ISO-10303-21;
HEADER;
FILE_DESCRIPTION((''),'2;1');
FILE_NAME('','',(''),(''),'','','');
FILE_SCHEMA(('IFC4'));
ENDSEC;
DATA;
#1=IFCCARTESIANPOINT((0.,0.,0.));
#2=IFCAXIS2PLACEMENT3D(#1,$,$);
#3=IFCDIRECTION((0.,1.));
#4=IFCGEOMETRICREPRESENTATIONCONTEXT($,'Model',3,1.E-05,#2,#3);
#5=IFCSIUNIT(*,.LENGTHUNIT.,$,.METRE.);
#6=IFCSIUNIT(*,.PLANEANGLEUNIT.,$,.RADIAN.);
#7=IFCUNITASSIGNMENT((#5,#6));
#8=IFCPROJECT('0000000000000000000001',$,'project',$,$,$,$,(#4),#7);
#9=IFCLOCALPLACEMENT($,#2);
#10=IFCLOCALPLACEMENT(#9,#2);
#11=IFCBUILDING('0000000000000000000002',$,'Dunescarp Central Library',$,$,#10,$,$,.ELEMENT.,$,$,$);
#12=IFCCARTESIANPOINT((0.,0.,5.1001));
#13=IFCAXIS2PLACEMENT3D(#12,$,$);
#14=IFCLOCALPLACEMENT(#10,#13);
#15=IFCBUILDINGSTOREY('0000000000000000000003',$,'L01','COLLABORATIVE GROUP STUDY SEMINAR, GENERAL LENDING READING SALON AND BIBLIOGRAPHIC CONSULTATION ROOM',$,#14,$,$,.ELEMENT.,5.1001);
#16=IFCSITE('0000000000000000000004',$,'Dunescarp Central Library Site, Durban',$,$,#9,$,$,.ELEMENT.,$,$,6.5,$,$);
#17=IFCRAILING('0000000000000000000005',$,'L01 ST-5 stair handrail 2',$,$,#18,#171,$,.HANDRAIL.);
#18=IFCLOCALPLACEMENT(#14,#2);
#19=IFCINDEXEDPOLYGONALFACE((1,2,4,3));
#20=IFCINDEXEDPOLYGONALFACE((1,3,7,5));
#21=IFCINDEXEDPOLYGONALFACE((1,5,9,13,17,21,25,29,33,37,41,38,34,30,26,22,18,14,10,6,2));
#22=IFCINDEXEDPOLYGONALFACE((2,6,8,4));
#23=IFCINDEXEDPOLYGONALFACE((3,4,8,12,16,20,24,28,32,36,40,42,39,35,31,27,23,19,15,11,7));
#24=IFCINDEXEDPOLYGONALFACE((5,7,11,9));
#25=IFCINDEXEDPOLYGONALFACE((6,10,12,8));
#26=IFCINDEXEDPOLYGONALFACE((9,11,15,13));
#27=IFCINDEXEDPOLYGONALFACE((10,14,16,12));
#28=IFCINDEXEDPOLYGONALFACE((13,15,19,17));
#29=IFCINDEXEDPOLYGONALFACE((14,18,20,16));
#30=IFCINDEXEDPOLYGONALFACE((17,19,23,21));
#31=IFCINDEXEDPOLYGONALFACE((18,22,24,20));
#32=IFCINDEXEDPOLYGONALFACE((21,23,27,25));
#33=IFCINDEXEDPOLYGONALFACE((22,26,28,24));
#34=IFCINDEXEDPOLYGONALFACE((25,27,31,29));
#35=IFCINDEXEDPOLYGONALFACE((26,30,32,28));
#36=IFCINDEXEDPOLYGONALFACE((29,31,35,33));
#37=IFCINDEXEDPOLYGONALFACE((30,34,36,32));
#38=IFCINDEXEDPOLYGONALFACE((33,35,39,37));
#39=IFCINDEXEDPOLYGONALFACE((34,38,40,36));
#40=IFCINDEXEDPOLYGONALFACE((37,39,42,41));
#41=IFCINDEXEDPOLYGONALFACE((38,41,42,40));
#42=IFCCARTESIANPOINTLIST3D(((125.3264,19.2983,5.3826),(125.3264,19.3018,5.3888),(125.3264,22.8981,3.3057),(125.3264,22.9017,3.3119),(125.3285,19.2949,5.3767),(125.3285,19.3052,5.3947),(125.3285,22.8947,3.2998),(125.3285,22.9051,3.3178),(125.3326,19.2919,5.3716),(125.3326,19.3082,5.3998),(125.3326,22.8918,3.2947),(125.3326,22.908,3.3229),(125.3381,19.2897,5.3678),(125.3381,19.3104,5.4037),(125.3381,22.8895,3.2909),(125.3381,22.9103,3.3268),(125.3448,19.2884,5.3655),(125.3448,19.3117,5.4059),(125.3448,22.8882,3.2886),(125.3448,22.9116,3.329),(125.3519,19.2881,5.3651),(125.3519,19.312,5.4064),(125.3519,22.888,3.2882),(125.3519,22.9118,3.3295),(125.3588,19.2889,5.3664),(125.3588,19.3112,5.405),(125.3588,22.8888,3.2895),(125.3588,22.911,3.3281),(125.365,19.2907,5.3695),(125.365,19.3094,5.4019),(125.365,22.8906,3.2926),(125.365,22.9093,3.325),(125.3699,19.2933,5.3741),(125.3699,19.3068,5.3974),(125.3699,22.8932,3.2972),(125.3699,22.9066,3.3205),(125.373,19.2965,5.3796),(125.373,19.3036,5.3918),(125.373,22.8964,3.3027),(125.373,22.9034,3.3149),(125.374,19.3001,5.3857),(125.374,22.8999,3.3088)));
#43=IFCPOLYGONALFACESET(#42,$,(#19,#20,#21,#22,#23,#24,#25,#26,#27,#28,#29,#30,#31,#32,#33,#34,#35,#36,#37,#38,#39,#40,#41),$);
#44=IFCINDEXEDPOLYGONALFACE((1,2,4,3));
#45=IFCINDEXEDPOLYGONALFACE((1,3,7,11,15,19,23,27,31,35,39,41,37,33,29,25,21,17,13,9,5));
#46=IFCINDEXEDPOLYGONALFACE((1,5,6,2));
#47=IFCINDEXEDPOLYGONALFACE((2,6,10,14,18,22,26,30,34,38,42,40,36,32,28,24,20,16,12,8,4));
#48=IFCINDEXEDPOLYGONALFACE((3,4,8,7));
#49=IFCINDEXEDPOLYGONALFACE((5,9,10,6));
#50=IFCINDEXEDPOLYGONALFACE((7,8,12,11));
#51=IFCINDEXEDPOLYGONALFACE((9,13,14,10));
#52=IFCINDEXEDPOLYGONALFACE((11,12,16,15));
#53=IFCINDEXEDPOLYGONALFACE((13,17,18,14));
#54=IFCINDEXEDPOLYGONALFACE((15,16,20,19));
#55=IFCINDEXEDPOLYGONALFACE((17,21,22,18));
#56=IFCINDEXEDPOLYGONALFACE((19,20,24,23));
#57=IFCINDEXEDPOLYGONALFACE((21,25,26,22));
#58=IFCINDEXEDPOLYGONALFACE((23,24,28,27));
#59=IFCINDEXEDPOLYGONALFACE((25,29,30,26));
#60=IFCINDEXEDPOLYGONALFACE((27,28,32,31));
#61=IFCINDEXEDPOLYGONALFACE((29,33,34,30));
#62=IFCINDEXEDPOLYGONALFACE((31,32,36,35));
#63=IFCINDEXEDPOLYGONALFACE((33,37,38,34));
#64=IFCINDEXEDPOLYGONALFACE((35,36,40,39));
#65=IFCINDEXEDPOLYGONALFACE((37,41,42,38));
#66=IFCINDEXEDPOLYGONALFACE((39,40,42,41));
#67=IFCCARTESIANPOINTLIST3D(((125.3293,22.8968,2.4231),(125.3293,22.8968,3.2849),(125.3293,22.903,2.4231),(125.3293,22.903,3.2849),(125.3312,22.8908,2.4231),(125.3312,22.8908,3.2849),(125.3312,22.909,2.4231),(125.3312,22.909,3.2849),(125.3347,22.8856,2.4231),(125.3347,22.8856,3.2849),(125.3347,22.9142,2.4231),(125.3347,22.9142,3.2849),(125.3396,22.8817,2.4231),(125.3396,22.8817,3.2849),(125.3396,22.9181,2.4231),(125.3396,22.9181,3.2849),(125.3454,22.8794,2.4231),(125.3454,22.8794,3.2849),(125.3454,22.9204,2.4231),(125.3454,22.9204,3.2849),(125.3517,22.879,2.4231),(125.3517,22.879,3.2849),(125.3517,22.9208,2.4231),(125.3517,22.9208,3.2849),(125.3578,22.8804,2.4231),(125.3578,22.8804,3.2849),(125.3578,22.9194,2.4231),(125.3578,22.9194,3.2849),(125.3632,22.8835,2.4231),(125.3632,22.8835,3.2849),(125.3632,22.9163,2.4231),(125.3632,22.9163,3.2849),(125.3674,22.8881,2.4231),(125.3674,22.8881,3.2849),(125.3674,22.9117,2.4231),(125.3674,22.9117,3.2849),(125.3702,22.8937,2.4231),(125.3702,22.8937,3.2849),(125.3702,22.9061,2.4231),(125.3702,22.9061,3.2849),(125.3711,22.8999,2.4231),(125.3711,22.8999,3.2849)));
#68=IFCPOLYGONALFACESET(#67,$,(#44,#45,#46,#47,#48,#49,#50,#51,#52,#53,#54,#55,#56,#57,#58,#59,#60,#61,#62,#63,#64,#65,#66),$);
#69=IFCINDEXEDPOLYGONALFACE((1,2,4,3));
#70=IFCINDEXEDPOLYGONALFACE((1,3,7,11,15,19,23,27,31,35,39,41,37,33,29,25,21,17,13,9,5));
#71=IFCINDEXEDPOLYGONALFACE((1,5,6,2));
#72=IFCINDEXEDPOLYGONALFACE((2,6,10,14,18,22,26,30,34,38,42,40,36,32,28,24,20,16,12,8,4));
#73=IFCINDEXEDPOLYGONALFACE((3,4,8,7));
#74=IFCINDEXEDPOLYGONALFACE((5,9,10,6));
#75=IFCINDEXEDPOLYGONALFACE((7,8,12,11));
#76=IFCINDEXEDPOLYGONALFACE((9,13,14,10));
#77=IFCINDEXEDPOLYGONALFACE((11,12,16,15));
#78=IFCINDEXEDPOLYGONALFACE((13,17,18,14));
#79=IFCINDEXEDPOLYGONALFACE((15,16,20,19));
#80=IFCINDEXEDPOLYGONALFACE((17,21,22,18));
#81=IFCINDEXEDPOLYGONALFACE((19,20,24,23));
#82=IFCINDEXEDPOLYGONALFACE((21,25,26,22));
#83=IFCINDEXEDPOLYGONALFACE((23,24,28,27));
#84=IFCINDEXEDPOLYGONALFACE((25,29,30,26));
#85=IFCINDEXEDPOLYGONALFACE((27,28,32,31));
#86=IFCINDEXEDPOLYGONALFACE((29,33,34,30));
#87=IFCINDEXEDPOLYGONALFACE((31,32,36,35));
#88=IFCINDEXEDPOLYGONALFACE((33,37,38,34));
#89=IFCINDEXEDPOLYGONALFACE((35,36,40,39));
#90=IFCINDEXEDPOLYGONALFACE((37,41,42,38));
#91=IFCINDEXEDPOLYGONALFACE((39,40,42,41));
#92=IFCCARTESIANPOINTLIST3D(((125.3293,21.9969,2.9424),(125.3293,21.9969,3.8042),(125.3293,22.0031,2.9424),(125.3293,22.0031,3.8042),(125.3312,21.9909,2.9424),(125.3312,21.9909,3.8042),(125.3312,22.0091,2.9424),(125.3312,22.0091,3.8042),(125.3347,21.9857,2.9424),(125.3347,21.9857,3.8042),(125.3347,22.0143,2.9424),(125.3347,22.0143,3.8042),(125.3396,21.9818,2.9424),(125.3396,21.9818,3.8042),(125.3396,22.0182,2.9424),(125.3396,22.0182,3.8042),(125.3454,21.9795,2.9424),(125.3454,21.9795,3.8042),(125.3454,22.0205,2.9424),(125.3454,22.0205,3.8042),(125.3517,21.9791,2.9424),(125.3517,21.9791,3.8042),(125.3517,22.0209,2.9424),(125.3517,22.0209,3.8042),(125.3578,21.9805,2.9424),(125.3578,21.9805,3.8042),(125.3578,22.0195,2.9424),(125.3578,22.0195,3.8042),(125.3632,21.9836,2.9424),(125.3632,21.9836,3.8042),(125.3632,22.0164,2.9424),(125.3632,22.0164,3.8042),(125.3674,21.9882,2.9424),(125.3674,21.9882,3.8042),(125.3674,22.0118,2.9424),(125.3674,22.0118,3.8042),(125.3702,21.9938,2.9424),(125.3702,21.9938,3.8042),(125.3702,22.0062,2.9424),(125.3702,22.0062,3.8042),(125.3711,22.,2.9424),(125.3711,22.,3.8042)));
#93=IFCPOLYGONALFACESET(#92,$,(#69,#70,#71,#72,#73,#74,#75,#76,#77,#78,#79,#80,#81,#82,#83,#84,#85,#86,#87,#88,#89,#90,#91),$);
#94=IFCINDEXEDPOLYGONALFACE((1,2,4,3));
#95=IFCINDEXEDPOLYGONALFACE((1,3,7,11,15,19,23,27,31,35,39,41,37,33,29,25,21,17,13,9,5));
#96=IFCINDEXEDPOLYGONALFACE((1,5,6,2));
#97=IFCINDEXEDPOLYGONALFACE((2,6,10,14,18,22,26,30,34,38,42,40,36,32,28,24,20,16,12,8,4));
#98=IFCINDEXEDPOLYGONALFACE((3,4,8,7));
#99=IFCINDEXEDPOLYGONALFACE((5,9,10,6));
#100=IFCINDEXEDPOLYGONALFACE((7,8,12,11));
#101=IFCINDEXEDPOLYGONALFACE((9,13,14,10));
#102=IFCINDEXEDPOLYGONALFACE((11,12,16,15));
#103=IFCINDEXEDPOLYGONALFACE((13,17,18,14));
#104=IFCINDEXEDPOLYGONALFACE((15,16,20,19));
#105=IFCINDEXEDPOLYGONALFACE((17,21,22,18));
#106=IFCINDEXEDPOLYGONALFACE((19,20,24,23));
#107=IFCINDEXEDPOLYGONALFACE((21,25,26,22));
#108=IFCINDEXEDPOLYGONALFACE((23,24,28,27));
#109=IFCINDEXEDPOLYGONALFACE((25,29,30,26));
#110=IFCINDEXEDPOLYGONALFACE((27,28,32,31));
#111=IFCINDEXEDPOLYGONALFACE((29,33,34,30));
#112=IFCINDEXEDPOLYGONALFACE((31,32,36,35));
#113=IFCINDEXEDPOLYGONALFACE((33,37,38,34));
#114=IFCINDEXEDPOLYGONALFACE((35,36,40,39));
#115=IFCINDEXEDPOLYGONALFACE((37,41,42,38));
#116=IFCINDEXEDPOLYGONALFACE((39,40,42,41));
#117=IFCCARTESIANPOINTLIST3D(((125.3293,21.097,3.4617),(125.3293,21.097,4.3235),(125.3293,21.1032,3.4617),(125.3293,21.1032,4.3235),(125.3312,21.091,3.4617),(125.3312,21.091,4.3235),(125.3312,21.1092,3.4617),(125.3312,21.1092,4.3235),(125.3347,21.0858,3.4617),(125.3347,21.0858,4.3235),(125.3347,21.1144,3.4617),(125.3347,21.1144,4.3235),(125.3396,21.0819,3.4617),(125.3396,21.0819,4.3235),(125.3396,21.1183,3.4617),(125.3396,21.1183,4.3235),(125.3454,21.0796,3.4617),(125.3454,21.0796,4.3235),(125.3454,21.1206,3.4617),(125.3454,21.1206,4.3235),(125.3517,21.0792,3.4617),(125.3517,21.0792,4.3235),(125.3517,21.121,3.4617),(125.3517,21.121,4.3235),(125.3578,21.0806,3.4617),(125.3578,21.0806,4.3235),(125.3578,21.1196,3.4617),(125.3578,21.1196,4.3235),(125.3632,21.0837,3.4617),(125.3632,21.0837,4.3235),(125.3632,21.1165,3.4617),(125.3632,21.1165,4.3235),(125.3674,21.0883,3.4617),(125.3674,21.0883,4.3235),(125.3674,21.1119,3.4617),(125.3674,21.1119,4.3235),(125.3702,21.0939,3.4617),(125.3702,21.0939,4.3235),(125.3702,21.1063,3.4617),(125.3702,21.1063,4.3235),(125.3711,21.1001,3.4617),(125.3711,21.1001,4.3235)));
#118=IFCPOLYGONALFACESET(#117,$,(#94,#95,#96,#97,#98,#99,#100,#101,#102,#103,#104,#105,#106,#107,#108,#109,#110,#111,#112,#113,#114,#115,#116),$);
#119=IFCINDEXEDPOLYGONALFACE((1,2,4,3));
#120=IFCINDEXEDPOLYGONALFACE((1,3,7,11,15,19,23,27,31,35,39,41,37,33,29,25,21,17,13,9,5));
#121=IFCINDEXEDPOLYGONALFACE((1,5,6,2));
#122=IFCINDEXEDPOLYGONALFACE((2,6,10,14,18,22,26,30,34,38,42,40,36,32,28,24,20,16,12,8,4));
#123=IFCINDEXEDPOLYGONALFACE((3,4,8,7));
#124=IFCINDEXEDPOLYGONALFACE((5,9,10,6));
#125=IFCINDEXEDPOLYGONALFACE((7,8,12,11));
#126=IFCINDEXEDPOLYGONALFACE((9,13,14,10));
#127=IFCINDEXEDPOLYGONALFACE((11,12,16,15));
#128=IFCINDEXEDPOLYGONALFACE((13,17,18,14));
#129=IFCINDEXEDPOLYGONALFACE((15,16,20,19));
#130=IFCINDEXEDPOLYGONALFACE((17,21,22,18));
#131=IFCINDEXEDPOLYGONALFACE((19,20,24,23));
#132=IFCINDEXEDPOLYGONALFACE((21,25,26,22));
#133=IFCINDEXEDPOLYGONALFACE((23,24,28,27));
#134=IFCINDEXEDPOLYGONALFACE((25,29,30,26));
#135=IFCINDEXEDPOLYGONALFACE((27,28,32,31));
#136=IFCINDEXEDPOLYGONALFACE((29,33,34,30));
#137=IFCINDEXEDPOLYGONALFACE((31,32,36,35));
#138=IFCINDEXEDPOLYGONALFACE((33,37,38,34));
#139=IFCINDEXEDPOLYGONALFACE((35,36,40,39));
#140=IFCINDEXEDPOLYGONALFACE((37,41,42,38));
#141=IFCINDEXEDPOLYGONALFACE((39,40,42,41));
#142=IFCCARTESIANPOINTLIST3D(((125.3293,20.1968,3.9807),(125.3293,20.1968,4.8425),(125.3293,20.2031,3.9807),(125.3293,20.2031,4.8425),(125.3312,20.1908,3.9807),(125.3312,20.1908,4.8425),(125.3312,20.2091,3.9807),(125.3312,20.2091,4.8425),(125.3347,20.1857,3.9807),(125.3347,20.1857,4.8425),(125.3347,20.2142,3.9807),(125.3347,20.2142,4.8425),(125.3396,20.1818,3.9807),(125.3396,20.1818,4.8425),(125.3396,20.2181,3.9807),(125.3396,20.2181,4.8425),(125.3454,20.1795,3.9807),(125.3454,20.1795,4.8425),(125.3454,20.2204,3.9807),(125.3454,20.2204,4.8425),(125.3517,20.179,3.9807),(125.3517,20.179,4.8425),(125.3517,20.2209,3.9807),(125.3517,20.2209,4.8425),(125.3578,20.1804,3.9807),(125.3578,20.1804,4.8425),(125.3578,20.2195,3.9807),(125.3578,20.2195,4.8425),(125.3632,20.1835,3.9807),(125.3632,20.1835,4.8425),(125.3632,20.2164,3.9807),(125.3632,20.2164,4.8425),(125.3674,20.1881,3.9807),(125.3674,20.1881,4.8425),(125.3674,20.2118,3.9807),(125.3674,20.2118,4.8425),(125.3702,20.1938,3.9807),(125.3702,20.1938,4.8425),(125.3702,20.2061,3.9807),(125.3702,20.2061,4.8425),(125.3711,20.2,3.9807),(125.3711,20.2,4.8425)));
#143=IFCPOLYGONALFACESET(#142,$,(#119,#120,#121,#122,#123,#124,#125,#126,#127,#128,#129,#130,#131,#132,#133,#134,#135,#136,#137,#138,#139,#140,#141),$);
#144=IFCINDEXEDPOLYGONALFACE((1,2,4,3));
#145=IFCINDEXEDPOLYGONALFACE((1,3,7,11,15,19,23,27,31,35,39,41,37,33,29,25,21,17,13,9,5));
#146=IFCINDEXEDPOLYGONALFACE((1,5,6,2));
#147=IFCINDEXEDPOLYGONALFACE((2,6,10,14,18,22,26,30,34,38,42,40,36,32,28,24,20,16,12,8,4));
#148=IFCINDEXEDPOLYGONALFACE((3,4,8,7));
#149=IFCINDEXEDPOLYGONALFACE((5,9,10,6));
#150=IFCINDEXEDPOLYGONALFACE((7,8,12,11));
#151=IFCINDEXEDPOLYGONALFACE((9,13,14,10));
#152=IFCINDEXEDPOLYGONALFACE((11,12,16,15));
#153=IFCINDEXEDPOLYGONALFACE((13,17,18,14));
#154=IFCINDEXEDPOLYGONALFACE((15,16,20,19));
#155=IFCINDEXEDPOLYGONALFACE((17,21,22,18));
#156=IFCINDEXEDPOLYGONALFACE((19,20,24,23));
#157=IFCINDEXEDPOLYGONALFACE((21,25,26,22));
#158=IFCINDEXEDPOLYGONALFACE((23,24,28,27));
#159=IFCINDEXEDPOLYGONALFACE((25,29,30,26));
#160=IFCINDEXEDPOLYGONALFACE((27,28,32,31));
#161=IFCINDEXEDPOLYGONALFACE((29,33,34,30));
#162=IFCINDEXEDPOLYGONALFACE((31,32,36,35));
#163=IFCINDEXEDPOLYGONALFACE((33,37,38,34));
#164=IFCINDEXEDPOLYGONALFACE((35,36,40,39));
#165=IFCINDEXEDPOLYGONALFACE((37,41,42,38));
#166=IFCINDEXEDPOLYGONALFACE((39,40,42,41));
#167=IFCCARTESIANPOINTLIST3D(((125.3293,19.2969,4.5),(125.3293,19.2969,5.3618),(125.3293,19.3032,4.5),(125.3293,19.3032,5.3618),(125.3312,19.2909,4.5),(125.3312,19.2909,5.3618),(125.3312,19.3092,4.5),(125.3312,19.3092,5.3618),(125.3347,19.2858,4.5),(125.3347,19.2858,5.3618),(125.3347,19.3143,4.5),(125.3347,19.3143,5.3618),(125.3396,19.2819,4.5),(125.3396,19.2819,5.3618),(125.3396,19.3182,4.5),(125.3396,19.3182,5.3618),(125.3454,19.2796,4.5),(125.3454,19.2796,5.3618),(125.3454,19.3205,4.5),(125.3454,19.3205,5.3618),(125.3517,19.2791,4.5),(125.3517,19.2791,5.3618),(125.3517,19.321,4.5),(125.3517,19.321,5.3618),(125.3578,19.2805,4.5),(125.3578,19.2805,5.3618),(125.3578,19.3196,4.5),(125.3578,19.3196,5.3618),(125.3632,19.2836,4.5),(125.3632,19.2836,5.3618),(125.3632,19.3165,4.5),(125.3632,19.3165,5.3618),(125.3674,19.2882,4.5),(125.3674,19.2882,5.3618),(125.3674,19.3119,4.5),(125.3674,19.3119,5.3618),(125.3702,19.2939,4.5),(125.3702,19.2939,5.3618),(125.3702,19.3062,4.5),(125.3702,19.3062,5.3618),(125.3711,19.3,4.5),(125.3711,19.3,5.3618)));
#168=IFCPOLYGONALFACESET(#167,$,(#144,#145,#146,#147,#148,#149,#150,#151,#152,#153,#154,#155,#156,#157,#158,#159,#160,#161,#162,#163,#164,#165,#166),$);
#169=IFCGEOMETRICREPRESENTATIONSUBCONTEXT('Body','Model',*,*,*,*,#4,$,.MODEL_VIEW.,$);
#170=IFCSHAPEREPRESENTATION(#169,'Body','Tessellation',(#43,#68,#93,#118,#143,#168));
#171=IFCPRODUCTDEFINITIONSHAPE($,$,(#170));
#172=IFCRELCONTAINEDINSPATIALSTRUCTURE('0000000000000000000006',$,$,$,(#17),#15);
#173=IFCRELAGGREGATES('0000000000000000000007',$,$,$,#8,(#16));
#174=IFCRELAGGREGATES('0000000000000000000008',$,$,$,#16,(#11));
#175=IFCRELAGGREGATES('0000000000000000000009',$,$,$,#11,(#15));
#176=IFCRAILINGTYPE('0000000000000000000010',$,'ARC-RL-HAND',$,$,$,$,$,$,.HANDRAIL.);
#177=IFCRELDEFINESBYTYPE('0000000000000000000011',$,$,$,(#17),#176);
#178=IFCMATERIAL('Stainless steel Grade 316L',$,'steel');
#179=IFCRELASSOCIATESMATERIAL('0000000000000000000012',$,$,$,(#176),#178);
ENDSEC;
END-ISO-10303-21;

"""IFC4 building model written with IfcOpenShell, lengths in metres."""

from ifc_helpers import new_model, si_unit, direction, frame, origin, origin_2d, place, context, subcontext, project, spatial, circle, extrude, material, type_object, element, save


model = new_model("IFC4")

# Units and contexts
model_context = context("Model", 3, precision=1e-05, world=origin(), true_north=direction((0.0, 1.0)))
body_context = subcontext(model_context, "Body", "Model", "MODEL_VIEW")
ifc_project = project(units=[si_unit("LENGTHUNIT", "METRE"), si_unit("PLANEANGLEUNIT", "RADIAN")], contexts=[model_context])

# Site, building, storey
site_placement = place(None, origin())
site = spatial("IfcSite", under=ifc_project, at=site_placement, Name="Dunescarp Central Library Site, Durban", CompositionType="ELEMENT", RefElevation=6.5)
building_placement = place(site_placement, origin())
building = spatial("IfcBuilding", under=site, at=building_placement, Name="Dunescarp Central Library", CompositionType="ELEMENT")
storey_placement = place(building_placement, frame((0.0, 0.0, 5.1001)))
storey = spatial("IfcBuildingStorey", under=building, at=storey_placement, Name="L01", Description="COLLABORATIVE GROUP STUDY SEMINAR, GENERAL LENDING READING SALON AND BIBLIOGRAPHIC CONSULTATION ROOM", CompositionType="ELEMENT", Elevation=5.1001)

# Railing
ifc_material_1 = material(Name="Stainless steel Grade 316L", Category="steel")
railing_type_1 = type_object("IfcRailingType", Name="ARC-RL-HAND", PredefinedType="HANDRAIL", material=ifc_material_1)
railing_1_placement = place(storey_placement, frame((125.3501, 22.8999, 2.4231)))
element("IfcRailing", 1, at=railing_1_placement, inside=storey, type_object=railing_type_1, Name="L01 ST-5 stair handrail 2", PredefinedType="HANDRAIL", context=body_context, shape_type="SweptSolid", body=[
    extrude(circle(Radius=0.0239, at=origin_2d()), frame((0.0, 0.0, 0.8857), z_axis=(0.0, -0.866179, 0.499734), x_axis=(1.0, 0.0, 0.0)), (0.0, 0.0, 1.0), 4.156),
    extrude(circle(Radius=0.021, at=origin_2d()), origin(), (0.0, 0.0, 1.0), 0.8618),
    extrude(circle(Radius=0.021, at=origin_2d()), frame((0.0, -0.8999, 0.5193)), (0.0, 0.0, 1.0), 0.8618),
    extrude(circle(Radius=0.021, at=origin_2d()), frame((0.0, -1.7998, 1.0386)), (0.0, 0.0, 1.0), 0.8618),
    extrude(circle(Radius=0.021, at=origin_2d()), frame((0.0, -2.7, 1.5576)), (0.0, 0.0, 1.0), 0.8618),
    extrude(circle(Radius=0.021, at=origin_2d()), frame((0.0, -3.5999, 2.0769)), (0.0, 0.0, 1.0), 0.8618),
])

save(model, "model.ifc")
